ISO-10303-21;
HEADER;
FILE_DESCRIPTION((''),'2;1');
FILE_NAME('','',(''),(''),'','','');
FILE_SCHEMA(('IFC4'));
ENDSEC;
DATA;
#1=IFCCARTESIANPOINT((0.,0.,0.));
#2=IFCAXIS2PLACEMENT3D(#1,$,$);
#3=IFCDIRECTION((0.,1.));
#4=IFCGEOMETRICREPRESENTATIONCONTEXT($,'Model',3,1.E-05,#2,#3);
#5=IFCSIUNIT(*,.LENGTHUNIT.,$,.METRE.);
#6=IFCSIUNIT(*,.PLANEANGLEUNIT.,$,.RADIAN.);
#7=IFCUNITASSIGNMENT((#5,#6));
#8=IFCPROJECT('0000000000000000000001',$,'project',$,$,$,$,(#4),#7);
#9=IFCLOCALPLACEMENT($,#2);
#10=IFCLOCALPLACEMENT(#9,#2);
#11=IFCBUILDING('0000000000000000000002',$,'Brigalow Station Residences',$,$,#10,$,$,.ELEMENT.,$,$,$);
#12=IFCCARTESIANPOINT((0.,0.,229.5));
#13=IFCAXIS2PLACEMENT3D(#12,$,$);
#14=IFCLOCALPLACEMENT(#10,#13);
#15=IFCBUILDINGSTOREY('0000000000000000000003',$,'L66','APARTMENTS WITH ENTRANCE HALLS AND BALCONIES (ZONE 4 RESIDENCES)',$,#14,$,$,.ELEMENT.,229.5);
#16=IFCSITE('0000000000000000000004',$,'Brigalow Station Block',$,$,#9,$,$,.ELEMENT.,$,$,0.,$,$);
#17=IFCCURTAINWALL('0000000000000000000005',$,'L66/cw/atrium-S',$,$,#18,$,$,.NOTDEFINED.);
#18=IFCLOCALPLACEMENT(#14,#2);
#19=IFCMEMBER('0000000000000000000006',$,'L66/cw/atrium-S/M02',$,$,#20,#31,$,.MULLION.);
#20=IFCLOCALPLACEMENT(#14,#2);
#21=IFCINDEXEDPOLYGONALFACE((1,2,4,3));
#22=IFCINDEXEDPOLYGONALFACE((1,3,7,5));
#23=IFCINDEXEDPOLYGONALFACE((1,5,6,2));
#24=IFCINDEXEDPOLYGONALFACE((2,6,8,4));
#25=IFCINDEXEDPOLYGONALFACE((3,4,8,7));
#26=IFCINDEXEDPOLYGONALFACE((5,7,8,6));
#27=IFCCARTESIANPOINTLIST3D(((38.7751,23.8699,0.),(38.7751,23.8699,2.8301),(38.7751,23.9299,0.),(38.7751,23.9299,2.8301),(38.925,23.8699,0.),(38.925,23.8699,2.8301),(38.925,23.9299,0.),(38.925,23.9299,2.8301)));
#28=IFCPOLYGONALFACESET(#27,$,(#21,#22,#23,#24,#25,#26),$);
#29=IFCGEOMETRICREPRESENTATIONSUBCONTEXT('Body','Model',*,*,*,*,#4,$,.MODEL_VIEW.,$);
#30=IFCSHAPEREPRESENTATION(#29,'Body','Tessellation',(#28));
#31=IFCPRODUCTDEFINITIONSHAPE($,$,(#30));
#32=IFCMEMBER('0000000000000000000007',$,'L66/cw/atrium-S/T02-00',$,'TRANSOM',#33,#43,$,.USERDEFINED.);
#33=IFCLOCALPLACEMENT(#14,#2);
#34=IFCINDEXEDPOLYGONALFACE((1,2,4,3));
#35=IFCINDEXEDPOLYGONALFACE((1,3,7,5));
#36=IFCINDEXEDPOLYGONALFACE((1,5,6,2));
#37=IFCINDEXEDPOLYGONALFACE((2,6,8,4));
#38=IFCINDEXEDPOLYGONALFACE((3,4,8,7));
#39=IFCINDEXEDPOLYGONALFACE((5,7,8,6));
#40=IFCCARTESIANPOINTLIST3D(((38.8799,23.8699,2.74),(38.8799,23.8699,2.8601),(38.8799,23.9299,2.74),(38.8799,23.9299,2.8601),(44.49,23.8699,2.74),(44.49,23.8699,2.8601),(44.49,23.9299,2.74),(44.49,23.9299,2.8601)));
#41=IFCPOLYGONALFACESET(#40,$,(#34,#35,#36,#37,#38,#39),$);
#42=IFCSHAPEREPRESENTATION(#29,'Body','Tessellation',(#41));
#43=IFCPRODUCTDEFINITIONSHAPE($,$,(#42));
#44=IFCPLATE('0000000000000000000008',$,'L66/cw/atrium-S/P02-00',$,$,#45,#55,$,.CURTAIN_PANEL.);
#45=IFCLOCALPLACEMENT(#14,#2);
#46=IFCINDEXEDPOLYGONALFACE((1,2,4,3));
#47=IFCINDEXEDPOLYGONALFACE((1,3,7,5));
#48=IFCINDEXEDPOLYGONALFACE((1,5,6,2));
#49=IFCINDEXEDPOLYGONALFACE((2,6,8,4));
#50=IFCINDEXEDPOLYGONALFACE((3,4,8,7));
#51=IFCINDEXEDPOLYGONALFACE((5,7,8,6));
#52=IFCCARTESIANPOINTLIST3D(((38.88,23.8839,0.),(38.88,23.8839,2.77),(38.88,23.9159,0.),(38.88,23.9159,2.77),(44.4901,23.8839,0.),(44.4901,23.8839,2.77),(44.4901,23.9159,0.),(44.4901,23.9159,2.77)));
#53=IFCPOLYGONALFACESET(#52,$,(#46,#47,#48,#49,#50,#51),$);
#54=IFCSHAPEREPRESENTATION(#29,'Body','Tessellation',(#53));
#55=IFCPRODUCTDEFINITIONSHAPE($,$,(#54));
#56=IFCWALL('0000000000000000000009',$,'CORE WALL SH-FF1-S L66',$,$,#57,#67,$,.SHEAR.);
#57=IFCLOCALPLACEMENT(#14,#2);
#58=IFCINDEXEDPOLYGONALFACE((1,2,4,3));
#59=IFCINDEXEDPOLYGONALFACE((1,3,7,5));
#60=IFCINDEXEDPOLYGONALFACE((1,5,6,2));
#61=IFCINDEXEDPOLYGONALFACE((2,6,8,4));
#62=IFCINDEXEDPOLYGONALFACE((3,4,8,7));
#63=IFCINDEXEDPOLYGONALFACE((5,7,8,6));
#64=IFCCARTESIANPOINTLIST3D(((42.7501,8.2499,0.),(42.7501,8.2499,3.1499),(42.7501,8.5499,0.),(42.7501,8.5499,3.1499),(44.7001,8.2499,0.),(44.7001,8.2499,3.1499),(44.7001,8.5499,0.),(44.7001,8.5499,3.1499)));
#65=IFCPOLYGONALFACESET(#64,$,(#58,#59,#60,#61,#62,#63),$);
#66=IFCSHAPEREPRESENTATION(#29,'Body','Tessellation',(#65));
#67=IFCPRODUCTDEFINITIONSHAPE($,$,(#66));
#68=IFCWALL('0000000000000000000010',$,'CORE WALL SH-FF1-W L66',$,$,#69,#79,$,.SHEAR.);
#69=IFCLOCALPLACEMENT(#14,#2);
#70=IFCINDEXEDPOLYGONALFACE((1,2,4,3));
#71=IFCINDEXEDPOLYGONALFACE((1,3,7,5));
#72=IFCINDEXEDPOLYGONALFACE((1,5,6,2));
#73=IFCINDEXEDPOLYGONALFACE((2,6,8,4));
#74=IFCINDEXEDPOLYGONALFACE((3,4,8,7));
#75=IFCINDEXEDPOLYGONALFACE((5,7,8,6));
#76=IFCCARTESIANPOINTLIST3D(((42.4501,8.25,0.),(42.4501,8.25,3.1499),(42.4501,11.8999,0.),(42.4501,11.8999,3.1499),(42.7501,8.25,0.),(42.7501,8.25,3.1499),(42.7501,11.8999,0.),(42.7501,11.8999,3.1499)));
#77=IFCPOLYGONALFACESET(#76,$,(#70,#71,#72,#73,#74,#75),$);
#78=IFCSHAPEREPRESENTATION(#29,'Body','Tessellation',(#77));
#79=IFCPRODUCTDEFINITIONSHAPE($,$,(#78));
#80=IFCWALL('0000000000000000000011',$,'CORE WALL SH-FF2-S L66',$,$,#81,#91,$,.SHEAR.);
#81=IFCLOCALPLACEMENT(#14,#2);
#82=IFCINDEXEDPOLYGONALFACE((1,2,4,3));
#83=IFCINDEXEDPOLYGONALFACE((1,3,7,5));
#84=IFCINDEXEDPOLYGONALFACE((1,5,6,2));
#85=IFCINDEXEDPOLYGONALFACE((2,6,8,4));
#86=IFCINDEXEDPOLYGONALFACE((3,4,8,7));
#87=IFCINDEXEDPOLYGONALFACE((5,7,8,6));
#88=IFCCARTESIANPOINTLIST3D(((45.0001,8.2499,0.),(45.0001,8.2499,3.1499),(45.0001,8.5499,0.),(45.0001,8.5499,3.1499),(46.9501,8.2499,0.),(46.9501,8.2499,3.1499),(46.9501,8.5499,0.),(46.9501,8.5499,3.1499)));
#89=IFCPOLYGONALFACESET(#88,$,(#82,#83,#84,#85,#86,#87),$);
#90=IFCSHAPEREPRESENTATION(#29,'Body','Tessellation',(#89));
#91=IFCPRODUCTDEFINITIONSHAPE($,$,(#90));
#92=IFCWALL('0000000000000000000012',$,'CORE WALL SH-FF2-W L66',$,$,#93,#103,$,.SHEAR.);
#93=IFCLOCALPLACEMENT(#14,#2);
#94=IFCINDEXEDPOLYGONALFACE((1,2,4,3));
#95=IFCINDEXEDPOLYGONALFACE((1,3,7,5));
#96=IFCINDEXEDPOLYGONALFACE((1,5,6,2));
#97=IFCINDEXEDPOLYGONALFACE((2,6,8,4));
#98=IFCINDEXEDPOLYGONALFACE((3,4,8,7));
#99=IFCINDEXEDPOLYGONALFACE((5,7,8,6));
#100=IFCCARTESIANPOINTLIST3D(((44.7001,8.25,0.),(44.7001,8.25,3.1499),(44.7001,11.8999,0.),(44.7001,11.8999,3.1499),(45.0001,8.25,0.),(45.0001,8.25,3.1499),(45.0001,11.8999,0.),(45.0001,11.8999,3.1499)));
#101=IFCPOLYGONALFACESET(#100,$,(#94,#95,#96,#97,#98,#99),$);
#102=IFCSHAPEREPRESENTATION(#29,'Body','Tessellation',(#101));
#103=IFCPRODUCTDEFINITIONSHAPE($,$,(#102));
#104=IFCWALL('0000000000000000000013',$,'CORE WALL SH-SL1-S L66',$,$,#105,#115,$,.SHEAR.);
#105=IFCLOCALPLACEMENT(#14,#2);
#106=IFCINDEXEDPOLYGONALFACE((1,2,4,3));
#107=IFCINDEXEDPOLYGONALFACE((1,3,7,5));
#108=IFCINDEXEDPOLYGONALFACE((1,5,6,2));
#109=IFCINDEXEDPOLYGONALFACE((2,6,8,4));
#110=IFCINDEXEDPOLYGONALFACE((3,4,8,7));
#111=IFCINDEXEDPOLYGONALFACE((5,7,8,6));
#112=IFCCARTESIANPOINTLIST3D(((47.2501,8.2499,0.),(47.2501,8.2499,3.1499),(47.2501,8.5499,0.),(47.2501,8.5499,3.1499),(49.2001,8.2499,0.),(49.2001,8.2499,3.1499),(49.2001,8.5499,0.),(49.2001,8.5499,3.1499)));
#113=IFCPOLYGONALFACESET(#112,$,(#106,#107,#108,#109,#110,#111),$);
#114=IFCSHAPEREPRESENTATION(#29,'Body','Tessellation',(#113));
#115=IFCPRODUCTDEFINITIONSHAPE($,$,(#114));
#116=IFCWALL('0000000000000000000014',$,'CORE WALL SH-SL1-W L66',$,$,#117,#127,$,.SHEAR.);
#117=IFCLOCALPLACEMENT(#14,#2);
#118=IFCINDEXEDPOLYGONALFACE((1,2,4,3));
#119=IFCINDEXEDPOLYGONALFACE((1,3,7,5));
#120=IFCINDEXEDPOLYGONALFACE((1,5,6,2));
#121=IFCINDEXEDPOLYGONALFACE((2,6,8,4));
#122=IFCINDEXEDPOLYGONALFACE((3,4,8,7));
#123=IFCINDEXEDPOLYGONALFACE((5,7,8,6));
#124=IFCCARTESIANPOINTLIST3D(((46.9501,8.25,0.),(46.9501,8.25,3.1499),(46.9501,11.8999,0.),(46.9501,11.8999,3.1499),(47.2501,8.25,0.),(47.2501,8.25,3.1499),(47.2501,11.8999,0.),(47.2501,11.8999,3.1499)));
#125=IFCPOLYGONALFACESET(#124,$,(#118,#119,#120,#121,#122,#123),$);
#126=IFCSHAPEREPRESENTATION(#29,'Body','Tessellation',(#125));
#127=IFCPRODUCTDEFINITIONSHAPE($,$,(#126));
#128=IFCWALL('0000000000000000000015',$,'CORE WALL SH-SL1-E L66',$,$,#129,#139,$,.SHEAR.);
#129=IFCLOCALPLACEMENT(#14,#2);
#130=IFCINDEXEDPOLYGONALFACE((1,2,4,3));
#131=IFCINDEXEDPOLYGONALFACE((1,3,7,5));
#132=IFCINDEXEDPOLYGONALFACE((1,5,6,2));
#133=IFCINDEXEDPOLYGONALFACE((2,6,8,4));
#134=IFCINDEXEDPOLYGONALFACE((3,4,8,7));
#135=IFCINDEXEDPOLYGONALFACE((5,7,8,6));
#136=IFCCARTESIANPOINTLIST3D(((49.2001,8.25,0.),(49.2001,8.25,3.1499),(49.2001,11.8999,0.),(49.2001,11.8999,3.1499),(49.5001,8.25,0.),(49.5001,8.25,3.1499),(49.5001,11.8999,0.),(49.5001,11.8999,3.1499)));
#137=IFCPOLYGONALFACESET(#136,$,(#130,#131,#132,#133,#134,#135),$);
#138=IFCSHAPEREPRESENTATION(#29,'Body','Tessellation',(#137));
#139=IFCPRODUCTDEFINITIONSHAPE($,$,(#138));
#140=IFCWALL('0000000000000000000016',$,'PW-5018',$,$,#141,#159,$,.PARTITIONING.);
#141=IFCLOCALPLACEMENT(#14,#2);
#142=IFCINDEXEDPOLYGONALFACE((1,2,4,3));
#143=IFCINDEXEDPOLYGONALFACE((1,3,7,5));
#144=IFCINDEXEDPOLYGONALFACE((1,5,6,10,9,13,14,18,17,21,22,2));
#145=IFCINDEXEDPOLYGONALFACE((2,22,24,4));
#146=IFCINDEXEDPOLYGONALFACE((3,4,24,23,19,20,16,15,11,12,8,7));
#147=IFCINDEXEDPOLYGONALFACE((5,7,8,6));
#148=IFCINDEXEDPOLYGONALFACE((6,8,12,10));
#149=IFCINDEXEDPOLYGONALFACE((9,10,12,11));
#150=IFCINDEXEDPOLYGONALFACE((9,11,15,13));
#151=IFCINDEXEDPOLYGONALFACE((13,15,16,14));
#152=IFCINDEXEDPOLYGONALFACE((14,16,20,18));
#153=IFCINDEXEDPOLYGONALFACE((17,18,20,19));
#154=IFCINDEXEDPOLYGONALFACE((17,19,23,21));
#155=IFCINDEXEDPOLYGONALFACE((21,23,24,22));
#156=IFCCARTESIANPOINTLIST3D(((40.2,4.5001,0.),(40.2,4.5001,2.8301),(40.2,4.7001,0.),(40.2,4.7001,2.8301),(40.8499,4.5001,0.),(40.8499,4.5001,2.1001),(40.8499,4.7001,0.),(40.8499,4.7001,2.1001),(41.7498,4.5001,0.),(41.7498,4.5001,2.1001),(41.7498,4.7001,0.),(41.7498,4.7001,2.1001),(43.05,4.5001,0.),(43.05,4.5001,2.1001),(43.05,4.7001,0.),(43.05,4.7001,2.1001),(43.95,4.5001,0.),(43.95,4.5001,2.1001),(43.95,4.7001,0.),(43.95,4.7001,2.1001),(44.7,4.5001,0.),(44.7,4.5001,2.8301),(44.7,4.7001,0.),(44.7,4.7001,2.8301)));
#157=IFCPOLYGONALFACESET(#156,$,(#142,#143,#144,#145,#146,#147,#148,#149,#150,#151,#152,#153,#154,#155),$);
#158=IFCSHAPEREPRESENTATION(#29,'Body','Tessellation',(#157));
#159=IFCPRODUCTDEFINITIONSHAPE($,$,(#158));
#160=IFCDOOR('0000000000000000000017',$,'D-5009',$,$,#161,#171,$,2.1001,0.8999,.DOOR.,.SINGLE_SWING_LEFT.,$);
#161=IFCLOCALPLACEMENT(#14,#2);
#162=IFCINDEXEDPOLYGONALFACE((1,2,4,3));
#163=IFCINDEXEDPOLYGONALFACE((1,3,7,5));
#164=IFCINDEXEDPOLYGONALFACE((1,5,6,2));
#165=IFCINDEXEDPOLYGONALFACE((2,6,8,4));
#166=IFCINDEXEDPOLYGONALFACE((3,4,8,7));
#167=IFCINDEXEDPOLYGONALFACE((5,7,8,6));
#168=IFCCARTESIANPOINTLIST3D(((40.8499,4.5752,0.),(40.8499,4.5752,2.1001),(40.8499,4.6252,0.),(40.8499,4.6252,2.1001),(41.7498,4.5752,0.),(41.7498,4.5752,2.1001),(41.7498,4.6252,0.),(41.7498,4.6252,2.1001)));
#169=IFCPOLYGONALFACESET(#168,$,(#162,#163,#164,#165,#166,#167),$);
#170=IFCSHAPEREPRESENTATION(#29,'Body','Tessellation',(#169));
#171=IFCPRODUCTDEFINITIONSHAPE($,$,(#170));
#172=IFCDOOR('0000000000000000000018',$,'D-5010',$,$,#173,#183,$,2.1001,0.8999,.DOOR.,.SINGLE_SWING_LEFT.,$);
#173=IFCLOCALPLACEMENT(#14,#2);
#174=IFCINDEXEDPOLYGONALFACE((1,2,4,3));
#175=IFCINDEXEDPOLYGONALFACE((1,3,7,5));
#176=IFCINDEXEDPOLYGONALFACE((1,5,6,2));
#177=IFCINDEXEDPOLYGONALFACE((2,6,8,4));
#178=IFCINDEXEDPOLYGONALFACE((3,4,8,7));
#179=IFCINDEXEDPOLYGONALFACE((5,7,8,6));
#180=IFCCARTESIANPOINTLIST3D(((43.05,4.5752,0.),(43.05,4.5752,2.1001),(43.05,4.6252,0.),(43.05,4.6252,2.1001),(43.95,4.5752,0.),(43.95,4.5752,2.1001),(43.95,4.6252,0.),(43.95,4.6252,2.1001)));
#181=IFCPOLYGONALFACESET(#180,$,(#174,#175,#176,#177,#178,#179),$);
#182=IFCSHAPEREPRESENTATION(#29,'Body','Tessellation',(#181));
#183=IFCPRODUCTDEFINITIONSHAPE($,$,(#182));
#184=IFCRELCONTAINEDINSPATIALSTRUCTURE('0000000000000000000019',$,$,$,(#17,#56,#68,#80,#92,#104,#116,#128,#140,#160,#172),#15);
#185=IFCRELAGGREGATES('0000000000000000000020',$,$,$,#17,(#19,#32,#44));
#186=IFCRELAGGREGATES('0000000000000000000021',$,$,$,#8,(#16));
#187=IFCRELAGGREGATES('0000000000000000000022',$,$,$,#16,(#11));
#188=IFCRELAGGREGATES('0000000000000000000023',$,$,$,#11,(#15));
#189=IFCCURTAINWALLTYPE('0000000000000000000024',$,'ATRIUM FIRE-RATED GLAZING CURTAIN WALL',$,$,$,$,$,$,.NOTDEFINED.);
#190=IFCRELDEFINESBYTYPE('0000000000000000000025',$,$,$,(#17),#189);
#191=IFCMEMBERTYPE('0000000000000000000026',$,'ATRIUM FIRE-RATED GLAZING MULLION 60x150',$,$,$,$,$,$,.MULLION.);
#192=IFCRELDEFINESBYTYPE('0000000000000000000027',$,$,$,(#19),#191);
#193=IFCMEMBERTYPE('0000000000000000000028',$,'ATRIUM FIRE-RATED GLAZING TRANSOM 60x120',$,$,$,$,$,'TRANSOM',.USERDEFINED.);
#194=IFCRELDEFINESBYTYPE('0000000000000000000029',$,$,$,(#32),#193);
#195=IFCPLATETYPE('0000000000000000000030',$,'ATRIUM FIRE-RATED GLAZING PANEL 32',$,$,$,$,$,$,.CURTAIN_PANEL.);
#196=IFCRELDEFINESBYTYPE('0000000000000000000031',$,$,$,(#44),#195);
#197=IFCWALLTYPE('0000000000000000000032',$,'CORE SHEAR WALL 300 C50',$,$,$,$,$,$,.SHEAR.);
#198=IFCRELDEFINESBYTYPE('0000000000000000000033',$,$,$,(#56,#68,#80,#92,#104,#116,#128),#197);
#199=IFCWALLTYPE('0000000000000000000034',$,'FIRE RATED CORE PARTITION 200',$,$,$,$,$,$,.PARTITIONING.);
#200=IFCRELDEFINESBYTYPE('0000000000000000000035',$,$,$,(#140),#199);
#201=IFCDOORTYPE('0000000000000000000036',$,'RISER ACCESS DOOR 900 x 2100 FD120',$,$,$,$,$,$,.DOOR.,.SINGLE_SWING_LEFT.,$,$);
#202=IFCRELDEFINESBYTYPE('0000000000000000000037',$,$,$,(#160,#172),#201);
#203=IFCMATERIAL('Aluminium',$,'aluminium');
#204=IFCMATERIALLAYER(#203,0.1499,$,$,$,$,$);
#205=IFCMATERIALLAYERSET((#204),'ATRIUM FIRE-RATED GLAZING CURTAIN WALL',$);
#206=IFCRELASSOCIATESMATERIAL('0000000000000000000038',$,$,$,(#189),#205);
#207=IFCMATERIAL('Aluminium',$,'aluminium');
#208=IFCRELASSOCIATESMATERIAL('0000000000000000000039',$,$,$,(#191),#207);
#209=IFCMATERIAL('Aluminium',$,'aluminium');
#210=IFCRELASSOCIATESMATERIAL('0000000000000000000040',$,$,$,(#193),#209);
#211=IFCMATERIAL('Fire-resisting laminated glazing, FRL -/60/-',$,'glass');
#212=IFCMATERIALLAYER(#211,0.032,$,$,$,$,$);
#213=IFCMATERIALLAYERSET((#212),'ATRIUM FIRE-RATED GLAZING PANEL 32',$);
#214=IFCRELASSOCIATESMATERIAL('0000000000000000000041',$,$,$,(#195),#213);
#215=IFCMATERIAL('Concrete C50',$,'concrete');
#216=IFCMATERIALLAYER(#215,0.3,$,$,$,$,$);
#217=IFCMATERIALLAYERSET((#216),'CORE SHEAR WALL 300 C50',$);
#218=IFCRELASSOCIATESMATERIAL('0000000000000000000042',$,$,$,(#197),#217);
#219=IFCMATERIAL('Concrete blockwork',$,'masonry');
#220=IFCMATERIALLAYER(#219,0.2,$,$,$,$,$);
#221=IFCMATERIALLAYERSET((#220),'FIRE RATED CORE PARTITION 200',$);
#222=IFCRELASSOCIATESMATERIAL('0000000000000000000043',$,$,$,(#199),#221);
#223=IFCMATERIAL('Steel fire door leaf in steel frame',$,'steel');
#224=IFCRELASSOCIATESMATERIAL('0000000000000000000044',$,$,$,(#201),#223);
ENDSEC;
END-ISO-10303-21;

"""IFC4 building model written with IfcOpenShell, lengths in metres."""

from ifc_helpers import new_model, si_unit, direction, frame, frame_2d, origin, origin_2d, place, context, subcontext, project, spatial, rectangle, extrude, material, layer, layer_set, material_profile, profile_set, type_object, element, fill, aggregate, save


model = new_model("IFC4")

# Units and contexts
model_context = context("Model", 3, precision=1e-05, world=origin(), true_north=direction((0.0, 1.0)))
body_context = subcontext(model_context, "Body", "Model", "MODEL_VIEW")
ifc_project = project(units=[si_unit("LENGTHUNIT", "METRE"), si_unit("PLANEANGLEUNIT", "RADIAN")], contexts=[model_context])

# Site, building, storey
site_placement = place(None, origin())
site = spatial("IfcSite", under=ifc_project, at=site_placement, Name="Brigalow Station Block", CompositionType="ELEMENT", RefElevation=0.0)
building_placement = place(site_placement, origin())
building = spatial("IfcBuilding", under=site, at=building_placement, Name="Brigalow Station Residences", CompositionType="ELEMENT")
storey_placement = place(building_placement, frame((0.0, 0.0, 229.5)))
storey = spatial("IfcBuildingStorey", under=building, at=storey_placement, Name="L66", Description="APARTMENTS WITH ENTRANCE HALLS AND BALCONIES (ZONE 4 RESIDENCES)", CompositionType="ELEMENT", Elevation=229.5)

# Curtain wall, members, plate
ifc_material_1 = material(Name="Aluminium", Category="aluminium")
ifc_layer_1 = layer(ifc_material_1, 0.1499)
ifc_layer_set_1 = layer_set([ifc_layer_1], Name="ATRIUM FIRE-RATED GLAZING CURTAIN WALL")
curtain_wall_type = type_object("IfcCurtainWallType", Name="ATRIUM FIRE-RATED GLAZING CURTAIN WALL", PredefinedType="NOTDEFINED", material=ifc_layer_set_1)
curtain_wall_placement = place(storey_placement, origin())
curtain_wall = element("IfcCurtainWall", 1, at=curtain_wall_placement, inside=storey, type_object=curtain_wall_type, Name="L66/cw/atrium-S", PredefinedType="NOTDEFINED")
ifc_material_2 = material(Name="Aluminium", Category="aluminium")
ifc_material_profile_1 = material_profile(ifc_material_2, rectangle(XDim=0.0601, YDim=0.1499, at=origin_2d()), Name="ATRIUM FIRE-RATED GLAZING MULLION 60x150")
ifc_profile_set_1 = profile_set([ifc_material_profile_1], Name="Aluminium")
member_type_1 = type_object("IfcMemberType", Name="ATRIUM FIRE-RATED GLAZING MULLION 60x150", PredefinedType="MULLION", material=ifc_profile_set_1)
member_1_placement = place(storey_placement, frame((38.8501, 23.8999, 0.0), z_axis=(0.0, 0.0, 1.0), x_axis=(0.0, 1.0, 0.0)))
member_1 = element("IfcMember", 2, at=member_1_placement, type_object=member_type_1, Name="L66/cw/atrium-S/M02", PredefinedType="MULLION", context=body_context, shape_type="SweptSolid", body=[
    extrude(rectangle(XDim=0.0601, YDim=0.1499, at=origin_2d()), origin(), (0.0, 0.0, 1.0), 2.8301),
])
ifc_material_3 = material(Name="Aluminium", Category="aluminium")
ifc_material_profile_2 = material_profile(ifc_material_3, rectangle(XDim=0.0601, YDim=0.1201, at=origin_2d()), Name="ATRIUM FIRE-RATED GLAZING TRANSOM 60x120")
ifc_profile_set_2 = profile_set([ifc_material_profile_2], Name="Aluminium")
member_type_2 = type_object("IfcMemberType", Name="ATRIUM FIRE-RATED GLAZING TRANSOM 60x120", ElementType="TRANSOM", PredefinedType="USERDEFINED", material=ifc_profile_set_2)
member_2_placement = place(storey_placement, frame((38.8799, 23.8999, 2.8), z_axis=(1.0, 0.0, 0.0), x_axis=(0.0, 1.0, 0.0)))
member_2 = element("IfcMember", 3, at=member_2_placement, type_object=member_type_2, Name="L66/cw/atrium-S/T02-00", ObjectType="TRANSOM", PredefinedType="USERDEFINED", context=body_context, shape_type="SweptSolid", body=[
    extrude(rectangle(XDim=0.0601, YDim=0.1201, at=origin_2d()), origin(), (0.0, 0.0, 1.0), 5.6101),
])
ifc_material_4 = material(Name="Fire-resisting laminated glazing, FRL -/60/-", Category="glass")
ifc_layer_2 = layer(ifc_material_4, 0.032)
ifc_layer_set_2 = layer_set([ifc_layer_2], Name="ATRIUM FIRE-RATED GLAZING PANEL 32")
plate_type = type_object("IfcPlateType", Name="ATRIUM FIRE-RATED GLAZING PANEL 32", PredefinedType="CURTAIN_PANEL", material=ifc_layer_set_2)
plate_placement = place(storey_placement, frame((41.6851, 23.8999, 0.0), z_axis=(0.0, 0.0, 1.0), x_axis=(1.0, 0.0, 0.0)))
plate = element("IfcPlate", 4, at=plate_placement, type_object=plate_type, Name="L66/cw/atrium-S/P02-00", PredefinedType="CURTAIN_PANEL", context=body_context, shape_type="SweptSolid", body=[
    extrude(rectangle(XDim=5.6101, YDim=0.032, at=origin_2d()), origin(), (0.0, 0.0, 1.0), 2.77),
])
aggregate(curtain_wall, [member_1, member_2, plate])

# Walls
ifc_material_5 = material(Name="Concrete C50", Category="concrete")
ifc_layer_3 = layer(ifc_material_5, 0.3)
ifc_layer_set_3 = layer_set([ifc_layer_3], Name="CORE SHEAR WALL 300 C50")
wall_type_1 = type_object("IfcWallType", Name="CORE SHEAR WALL 300 C50", PredefinedType="SHEAR", material=ifc_layer_set_3)
wall_1_placement = place(storey_placement, frame((42.75, 8.3999, 0.0), z_axis=(0.0, 0.0, 1.0), x_axis=(1.0, 0.0, 0.0)))
element("IfcWall", 5, at=wall_1_placement, inside=storey, type_object=wall_type_1, Name="CORE WALL SH-FF1-S L66", PredefinedType="SHEAR", context=body_context, shape_type="SweptSolid", body=[
    extrude(rectangle(XDim=1.95, YDim=0.3, at=frame_2d((0.9751, 0.0))), origin(), (0.0, 0.0, 1.0), 3.1499),
])
wall_2_placement = place(storey_placement, frame((42.6001, 8.25, 0.0), z_axis=(0.0, 0.0, 1.0), x_axis=(0.0, 1.0, 0.0)))
element("IfcWall", 6, at=wall_2_placement, inside=storey, type_object=wall_type_1, Name="CORE WALL SH-FF1-W L66", PredefinedType="SHEAR", context=body_context, shape_type="SweptSolid", body=[
    extrude(rectangle(XDim=3.6499, YDim=0.3, at=frame_2d((1.825, 0.0))), origin(), (0.0, 0.0, 1.0), 3.1499),
])
wall_3_placement = place(storey_placement, frame((45.0, 8.3999, 0.0), z_axis=(0.0, 0.0, 1.0), x_axis=(1.0, 0.0, 0.0)))
element("IfcWall", 7, at=wall_3_placement, inside=storey, type_object=wall_type_1, Name="CORE WALL SH-FF2-S L66", PredefinedType="SHEAR", context=body_context, shape_type="SweptSolid", body=[
    extrude(rectangle(XDim=1.95, YDim=0.3, at=frame_2d((0.9751, 0.0))), origin(), (0.0, 0.0, 1.0), 3.1499),
])
wall_4_placement = place(storey_placement, frame((44.8501, 8.25, 0.0), z_axis=(0.0, 0.0, 1.0), x_axis=(0.0, 1.0, 0.0)))
element("IfcWall", 8, at=wall_4_placement, inside=storey, type_object=wall_type_1, Name="CORE WALL SH-FF2-W L66", PredefinedType="SHEAR", context=body_context, shape_type="SweptSolid", body=[
    extrude(rectangle(XDim=3.6499, YDim=0.3, at=frame_2d((1.825, 0.0))), origin(), (0.0, 0.0, 1.0), 3.1499),
])
wall_5_placement = place(storey_placement, frame((47.25, 8.3999, 0.0), z_axis=(0.0, 0.0, 1.0), x_axis=(1.0, 0.0, 0.0)))
element("IfcWall", 9, at=wall_5_placement, inside=storey, type_object=wall_type_1, Name="CORE WALL SH-SL1-S L66", PredefinedType="SHEAR", context=body_context, shape_type="SweptSolid", body=[
    extrude(rectangle(XDim=1.95, YDim=0.3, at=frame_2d((0.9751, 0.0))), origin(), (0.0, 0.0, 1.0), 3.1499),
])
for number, where, z_axis, x_axis, name in (
    (10, (47.1001, 8.25, 0.0), (0.0, 0.0, 1.0), (0.0, 1.0, 0.0), "CORE WALL SH-SL1-W L66"),
    (11, (49.3501, 8.25, 0.0), (0.0, 0.0, 1.0), (0.0, 1.0, 0.0), "CORE WALL SH-SL1-E L66"),
):
    element("IfcWall", number, at=place(storey_placement, frame(where, z_axis=z_axis, x_axis=x_axis)), inside=storey, type_object=wall_type_1, Name=name, PredefinedType="SHEAR", context=body_context, shape_type="SweptSolid", body=[
        extrude(rectangle(XDim=3.6499, YDim=0.3, at=frame_2d((1.825, 0.0))), origin(), (0.0, 0.0, 1.0), 3.1499),
    ])

# Wall, openings, doors
ifc_material_6 = material(Name="Concrete blockwork", Category="masonry")
ifc_layer_4 = layer(ifc_material_6, 0.2)
ifc_layer_set_4 = layer_set([ifc_layer_4], Name="FIRE RATED CORE PARTITION 200")
wall_type_2 = type_object("IfcWallType", Name="FIRE RATED CORE PARTITION 200", PredefinedType="PARTITIONING", material=ifc_layer_set_4)
wall_6_placement = place(storey_placement, frame((40.2, 4.6001, 0.0), z_axis=(0.0, 0.0, 1.0), x_axis=(1.0, 0.0, 0.0)))
wall_6 = element("IfcWall", 12, at=wall_6_placement, inside=storey, type_object=wall_type_2, Name="PW-5018", PredefinedType="PARTITIONING", context=body_context, shape_type="SweptSolid", body=[
    extrude(rectangle(XDim=4.5, YDim=0.2, at=frame_2d((2.25, 0.0))), origin(), (0.0, 0.0, 1.0), 2.8301),
])
opening_1_placement = place(wall_6_placement, frame((0.6499, 0.0, 0.0)))
opening_1 = element("IfcOpeningElement", 13, at=opening_1_placement, cuts=wall_6, PredefinedType="OPENING", context=body_context, shape_type="SweptSolid", body=[
    extrude(rectangle(XDim=0.8999, YDim=2.1001, at=frame_2d((0.45, 1.05))), frame((0.0, 0.1099, 0.0), z_axis=(0.0, -1.0, 0.0), x_axis=(1.0, 0.0, 0.0)), (0.0, 0.0, 1.0), 0.22),
])
opening_2_placement = place(wall_6_placement, frame((2.8501, 0.0, 0.0)))
opening_2 = element("IfcOpeningElement", 14, at=opening_2_placement, cuts=wall_6, PredefinedType="OPENING", context=body_context, shape_type="SweptSolid", body=[
    extrude(rectangle(XDim=0.8999, YDim=2.1001, at=frame_2d((0.45, 1.05))), frame((0.0, 0.1099, 0.0), z_axis=(0.0, -1.0, 0.0), x_axis=(1.0, 0.0, 0.0)), (0.0, 0.0, 1.0), 0.22),
])
ifc_material_7 = material(Name="Steel fire door leaf in steel frame", Category="steel")
door_type_1 = type_object("IfcDoorType", Name="RISER ACCESS DOOR 900 x 2100 FD120", OperationType="SINGLE_SWING_LEFT", PredefinedType="DOOR", material=ifc_material_7)
door_1_placement = place(opening_1_placement, frame((0.8999, 0.0, 0.0), z_axis=(0.0, 0.0, 1.0), x_axis=(-1.0, 0.0, 0.0)))
door_1 = element("IfcDoor", 15, at=door_1_placement, inside=storey, type_object=door_type_1, Name="D-5009", OperationType="SINGLE_SWING_LEFT", OverallHeight=2.1001, OverallWidth=0.8999, PredefinedType="DOOR", context=body_context, shape_type="SweptSolid", body=[
    extrude(rectangle(XDim=0.8999, YDim=2.1001, at=frame_2d((0.45, 1.05))), frame((0.0, 0.0249, 0.0), z_axis=(0.0, -1.0, 0.0), x_axis=(1.0, 0.0, 0.0)), (0.0, 0.0, 1.0), 0.05),
])
fill(opening_1, door_1)
door_2_placement = place(opening_2_placement, frame((0.8999, 0.0, 0.0), z_axis=(0.0, 0.0, 1.0), x_axis=(-1.0, 0.0, 0.0)))
door_2 = element("IfcDoor", 16, at=door_2_placement, inside=storey, type_object=door_type_1, Name="D-5010", OperationType="SINGLE_SWING_LEFT", OverallHeight=2.1001, OverallWidth=0.8999, PredefinedType="DOOR", context=body_context, shape_type="SweptSolid", body=[
    extrude(rectangle(XDim=0.8999, YDim=2.1001, at=frame_2d((0.45, 1.05))), frame((0.0, 0.0249, 0.0), z_axis=(0.0, -1.0, 0.0), x_axis=(1.0, 0.0, 0.0)), (0.0, 0.0, 1.0), 0.05),
])
fill(opening_2, door_2)

save(model, "model.ifc")
